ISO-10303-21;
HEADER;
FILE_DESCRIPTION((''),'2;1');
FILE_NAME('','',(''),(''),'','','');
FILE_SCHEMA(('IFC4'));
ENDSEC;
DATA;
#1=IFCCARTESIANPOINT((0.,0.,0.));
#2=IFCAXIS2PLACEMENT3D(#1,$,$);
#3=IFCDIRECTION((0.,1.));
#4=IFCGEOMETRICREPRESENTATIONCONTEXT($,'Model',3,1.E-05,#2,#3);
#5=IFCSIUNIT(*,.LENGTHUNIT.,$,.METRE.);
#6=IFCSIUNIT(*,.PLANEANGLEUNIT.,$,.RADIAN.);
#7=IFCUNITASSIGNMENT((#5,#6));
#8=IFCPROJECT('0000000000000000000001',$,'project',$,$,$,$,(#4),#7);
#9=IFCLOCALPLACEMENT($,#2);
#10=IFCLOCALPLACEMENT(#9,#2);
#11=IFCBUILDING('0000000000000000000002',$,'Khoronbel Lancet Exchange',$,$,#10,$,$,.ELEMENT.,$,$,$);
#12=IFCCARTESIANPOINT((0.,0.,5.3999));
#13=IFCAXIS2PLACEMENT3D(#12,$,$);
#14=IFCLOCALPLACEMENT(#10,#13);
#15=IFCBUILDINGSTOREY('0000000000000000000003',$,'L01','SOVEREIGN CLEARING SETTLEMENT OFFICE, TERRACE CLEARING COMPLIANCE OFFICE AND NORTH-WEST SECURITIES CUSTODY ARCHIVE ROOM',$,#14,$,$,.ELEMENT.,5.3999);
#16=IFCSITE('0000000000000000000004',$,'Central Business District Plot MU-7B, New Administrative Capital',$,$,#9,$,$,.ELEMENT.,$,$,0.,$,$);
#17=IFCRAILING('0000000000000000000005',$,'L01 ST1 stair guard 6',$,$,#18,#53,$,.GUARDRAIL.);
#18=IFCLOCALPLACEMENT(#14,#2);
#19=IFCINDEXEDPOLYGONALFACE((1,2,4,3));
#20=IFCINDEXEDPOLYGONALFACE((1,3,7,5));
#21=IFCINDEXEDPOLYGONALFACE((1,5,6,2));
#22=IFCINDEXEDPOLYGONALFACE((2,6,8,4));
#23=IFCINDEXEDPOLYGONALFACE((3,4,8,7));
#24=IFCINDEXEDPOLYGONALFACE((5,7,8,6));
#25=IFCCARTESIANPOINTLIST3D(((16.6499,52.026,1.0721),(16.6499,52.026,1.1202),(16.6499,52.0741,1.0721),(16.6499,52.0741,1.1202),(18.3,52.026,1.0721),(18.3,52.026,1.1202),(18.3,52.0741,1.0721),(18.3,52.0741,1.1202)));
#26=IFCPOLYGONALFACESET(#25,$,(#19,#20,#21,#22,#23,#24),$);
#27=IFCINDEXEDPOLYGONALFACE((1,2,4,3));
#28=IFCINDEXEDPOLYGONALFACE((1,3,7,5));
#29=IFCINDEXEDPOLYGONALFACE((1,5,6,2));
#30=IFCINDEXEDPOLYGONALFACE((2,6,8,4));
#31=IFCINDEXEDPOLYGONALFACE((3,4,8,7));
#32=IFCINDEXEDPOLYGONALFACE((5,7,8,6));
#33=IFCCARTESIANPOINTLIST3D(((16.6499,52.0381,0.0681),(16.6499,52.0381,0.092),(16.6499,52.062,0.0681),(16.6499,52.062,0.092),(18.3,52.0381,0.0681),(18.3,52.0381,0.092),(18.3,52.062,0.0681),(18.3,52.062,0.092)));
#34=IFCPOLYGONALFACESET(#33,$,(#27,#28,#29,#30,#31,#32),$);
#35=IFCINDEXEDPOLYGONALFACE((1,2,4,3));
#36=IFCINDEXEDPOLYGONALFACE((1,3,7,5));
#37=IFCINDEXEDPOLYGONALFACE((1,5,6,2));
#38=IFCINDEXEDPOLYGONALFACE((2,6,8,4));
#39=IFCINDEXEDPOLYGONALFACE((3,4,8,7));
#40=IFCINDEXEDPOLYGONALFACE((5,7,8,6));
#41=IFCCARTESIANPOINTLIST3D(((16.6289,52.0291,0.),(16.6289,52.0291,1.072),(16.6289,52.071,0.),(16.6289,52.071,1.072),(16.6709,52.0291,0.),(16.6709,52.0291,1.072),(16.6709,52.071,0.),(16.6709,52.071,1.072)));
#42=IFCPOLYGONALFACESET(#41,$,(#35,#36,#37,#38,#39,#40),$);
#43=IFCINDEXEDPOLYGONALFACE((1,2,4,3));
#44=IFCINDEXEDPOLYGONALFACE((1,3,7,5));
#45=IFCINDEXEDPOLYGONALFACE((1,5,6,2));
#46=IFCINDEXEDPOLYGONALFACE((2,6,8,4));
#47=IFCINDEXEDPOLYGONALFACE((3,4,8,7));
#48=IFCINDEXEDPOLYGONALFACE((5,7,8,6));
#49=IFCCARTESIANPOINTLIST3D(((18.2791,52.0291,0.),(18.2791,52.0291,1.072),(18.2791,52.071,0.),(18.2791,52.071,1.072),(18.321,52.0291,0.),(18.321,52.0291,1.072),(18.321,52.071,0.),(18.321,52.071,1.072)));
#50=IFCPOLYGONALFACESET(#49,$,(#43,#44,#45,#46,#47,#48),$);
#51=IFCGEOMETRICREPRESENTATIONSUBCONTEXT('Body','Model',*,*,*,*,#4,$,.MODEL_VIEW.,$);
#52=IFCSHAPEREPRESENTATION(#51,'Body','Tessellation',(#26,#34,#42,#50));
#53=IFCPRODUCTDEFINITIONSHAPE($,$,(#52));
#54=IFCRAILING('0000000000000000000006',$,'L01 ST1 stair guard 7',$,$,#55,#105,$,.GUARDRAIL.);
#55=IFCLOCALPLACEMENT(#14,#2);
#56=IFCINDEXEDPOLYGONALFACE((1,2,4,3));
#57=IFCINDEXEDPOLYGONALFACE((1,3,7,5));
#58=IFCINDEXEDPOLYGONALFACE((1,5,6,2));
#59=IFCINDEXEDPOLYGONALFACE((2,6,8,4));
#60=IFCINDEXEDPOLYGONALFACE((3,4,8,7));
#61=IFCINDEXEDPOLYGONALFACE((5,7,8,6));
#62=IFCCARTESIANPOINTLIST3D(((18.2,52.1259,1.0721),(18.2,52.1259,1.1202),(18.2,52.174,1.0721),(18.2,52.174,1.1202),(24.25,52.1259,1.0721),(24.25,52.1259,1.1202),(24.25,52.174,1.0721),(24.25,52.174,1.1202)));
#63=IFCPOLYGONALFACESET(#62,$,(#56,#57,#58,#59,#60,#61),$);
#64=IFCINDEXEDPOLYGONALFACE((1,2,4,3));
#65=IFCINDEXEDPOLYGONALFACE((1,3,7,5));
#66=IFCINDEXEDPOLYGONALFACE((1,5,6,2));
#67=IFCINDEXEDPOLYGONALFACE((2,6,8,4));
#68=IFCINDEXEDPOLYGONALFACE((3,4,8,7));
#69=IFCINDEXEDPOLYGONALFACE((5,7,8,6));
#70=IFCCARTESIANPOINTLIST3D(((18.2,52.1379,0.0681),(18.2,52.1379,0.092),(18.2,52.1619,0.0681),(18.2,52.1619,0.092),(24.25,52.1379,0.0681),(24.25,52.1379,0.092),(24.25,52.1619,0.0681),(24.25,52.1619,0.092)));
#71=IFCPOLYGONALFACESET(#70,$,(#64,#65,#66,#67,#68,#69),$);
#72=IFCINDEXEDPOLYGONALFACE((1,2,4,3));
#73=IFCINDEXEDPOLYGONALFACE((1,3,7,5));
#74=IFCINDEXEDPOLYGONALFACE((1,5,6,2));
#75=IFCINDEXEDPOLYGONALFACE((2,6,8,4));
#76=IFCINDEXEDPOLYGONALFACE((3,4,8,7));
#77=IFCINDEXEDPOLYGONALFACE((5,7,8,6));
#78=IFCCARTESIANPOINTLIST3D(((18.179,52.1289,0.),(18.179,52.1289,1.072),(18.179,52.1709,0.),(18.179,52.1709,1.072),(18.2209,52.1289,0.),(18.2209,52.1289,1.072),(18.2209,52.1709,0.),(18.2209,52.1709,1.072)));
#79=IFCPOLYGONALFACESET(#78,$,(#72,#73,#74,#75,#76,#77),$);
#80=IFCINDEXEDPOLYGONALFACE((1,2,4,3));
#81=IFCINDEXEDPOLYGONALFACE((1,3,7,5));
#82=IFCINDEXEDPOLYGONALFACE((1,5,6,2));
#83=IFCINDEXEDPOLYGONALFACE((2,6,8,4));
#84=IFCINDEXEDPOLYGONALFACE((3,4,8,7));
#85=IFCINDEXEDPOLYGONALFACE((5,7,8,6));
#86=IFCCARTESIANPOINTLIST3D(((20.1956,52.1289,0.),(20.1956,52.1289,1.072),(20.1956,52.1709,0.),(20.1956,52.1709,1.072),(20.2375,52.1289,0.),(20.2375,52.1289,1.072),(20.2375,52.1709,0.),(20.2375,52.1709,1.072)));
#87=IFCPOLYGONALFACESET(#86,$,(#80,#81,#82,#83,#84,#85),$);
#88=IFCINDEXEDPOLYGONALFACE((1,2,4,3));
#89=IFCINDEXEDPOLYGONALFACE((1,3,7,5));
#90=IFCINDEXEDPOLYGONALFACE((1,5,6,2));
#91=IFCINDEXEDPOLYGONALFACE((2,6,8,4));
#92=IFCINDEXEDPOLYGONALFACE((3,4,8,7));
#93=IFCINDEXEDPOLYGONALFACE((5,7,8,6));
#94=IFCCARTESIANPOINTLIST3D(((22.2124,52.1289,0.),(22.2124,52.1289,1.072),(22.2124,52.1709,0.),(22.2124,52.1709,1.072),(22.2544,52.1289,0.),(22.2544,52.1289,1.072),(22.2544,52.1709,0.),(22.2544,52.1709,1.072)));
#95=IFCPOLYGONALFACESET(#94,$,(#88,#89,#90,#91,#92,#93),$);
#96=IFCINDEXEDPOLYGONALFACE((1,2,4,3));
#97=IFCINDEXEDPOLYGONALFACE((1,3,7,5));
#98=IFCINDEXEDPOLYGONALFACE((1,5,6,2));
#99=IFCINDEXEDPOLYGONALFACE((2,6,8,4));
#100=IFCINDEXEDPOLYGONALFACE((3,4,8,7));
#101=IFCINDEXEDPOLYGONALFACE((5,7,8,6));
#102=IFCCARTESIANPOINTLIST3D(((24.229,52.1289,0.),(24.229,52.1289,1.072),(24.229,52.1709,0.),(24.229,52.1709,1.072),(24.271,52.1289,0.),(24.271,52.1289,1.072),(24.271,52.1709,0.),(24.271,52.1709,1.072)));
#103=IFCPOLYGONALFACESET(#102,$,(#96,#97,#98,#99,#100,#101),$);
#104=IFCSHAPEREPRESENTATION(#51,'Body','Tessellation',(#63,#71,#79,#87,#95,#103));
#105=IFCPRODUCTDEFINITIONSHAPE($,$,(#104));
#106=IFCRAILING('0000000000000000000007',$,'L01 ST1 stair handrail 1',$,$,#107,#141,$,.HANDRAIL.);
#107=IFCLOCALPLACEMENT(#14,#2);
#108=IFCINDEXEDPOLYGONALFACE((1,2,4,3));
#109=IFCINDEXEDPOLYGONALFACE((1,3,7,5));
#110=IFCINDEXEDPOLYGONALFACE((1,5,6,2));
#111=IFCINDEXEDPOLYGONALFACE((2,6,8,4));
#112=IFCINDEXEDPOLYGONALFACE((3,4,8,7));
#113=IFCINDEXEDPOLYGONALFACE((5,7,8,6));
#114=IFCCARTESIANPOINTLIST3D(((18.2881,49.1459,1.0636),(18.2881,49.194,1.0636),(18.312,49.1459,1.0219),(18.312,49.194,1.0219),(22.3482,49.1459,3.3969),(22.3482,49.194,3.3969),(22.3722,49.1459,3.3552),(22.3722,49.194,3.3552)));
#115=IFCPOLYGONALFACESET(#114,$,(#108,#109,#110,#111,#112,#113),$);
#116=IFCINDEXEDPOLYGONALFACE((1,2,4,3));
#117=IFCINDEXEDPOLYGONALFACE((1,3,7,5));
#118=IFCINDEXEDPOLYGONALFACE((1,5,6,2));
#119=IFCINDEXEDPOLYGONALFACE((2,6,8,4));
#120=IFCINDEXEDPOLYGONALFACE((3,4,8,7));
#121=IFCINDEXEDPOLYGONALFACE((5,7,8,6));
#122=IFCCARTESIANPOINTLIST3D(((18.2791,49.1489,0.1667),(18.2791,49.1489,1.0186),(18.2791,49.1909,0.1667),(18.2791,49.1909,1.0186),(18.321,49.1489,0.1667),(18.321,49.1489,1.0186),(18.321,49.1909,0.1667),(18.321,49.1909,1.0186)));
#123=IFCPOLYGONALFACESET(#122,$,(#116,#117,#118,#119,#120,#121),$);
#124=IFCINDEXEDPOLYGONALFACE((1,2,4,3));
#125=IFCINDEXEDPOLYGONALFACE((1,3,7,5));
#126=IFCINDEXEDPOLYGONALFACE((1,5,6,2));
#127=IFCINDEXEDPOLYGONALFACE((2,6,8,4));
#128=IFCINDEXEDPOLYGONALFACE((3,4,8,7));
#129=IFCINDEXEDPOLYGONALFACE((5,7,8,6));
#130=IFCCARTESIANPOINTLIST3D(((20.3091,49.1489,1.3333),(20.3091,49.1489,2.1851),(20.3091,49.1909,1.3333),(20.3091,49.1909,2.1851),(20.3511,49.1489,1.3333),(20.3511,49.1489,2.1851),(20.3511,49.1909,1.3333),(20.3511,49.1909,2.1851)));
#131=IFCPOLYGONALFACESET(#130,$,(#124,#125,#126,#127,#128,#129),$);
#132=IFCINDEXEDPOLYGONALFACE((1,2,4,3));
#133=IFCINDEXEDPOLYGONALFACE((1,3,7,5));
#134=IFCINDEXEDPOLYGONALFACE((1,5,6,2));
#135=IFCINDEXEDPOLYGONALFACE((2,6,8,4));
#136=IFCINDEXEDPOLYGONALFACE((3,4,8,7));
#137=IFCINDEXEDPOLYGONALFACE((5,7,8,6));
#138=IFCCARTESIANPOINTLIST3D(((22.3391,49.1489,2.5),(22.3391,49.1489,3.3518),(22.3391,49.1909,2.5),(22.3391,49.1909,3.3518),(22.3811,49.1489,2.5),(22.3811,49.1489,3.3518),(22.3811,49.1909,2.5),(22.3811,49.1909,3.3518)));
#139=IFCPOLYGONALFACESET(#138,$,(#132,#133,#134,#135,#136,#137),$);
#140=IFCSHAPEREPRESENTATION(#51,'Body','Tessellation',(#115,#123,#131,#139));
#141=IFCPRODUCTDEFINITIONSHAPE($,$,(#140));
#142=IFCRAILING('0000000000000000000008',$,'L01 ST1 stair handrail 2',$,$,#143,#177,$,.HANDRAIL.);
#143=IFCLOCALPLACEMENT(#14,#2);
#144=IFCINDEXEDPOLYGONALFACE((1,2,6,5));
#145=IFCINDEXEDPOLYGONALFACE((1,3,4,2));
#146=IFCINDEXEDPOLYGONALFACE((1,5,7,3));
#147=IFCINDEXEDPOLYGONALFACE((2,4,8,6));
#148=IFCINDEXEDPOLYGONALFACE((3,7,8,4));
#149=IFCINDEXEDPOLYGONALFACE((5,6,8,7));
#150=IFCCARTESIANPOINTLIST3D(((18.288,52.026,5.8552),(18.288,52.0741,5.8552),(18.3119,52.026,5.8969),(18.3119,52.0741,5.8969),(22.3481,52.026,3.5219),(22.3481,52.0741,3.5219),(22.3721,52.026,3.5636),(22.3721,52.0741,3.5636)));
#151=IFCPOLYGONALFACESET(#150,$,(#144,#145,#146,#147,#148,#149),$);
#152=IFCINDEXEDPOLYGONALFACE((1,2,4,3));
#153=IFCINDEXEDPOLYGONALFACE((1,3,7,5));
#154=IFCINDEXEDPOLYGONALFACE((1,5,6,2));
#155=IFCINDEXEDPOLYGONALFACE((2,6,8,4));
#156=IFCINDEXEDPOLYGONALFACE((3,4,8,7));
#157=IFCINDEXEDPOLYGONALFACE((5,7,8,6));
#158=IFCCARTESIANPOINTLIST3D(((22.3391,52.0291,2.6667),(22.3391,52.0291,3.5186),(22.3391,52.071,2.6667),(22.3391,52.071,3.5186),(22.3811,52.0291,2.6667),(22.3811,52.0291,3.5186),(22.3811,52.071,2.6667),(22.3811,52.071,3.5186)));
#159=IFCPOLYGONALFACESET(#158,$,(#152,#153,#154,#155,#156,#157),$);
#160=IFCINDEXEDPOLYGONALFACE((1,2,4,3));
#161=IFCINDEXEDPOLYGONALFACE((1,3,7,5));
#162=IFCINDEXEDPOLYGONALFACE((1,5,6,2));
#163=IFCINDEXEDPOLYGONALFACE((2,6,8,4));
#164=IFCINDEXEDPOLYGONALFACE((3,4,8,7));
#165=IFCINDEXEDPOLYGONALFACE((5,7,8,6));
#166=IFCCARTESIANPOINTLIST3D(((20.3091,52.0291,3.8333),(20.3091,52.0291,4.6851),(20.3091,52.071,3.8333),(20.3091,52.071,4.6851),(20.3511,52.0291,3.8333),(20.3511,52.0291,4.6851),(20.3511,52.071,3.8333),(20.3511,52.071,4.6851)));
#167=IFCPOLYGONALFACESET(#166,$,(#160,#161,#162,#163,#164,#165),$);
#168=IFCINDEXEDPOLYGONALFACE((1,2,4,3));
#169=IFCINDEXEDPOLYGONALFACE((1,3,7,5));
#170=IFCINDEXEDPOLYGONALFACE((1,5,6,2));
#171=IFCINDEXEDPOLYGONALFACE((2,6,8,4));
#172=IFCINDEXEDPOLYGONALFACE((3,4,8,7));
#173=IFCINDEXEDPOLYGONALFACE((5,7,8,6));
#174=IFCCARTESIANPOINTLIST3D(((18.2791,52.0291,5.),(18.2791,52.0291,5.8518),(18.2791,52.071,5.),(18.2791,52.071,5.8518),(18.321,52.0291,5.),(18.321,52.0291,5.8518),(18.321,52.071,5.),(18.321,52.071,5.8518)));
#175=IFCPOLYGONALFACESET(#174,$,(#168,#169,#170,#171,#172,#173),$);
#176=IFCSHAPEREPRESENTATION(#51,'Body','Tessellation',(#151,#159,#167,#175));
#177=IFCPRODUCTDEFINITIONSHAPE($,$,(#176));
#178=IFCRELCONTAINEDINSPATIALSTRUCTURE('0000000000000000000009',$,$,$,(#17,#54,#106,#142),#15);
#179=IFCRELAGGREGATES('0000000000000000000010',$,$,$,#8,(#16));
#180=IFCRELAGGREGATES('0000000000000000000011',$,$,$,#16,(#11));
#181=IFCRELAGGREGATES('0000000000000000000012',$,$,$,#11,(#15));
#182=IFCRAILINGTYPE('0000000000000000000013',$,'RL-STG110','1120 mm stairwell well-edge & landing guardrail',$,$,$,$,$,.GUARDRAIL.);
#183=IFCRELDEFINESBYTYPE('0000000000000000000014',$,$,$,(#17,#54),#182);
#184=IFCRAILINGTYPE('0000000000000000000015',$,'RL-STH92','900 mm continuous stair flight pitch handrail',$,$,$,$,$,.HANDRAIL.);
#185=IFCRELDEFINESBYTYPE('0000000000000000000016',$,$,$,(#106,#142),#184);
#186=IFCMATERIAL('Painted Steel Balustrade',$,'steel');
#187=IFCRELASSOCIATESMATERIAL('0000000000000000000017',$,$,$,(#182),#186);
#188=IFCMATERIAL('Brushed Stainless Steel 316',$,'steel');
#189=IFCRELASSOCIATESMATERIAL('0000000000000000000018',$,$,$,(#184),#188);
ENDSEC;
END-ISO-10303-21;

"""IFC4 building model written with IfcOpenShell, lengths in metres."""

from ifc_helpers import new_model, si_unit, direction, frame, origin, origin_2d, place, context, subcontext, project, spatial, rectangle, extrude, material, type_object, element, save


model = new_model("IFC4")

# Units and contexts
model_context = context("Model", 3, precision=1e-05, world=origin(), true_north=direction((0.0, 1.0)))
body_context = subcontext(model_context, "Body", "Model", "MODEL_VIEW")
ifc_project = project(units=[si_unit("LENGTHUNIT", "METRE"), si_unit("PLANEANGLEUNIT", "RADIAN")], contexts=[model_context])

# Site, building, storey
site_placement = place(None, origin())
site = spatial("IfcSite", under=ifc_project, at=site_placement, Name="Central Business District Plot MU-7B, New Administrative Capital", CompositionType="ELEMENT", RefElevation=0.0)
building_placement = place(site_placement, origin())
building = spatial("IfcBuilding", under=site, at=building_placement, Name="Khoronbel Lancet Exchange", CompositionType="ELEMENT")
storey_placement = place(building_placement, frame((0.0, 0.0, 5.3999)))
storey = spatial("IfcBuildingStorey", under=building, at=storey_placement, Name="L01", Description="SOVEREIGN CLEARING SETTLEMENT OFFICE, TERRACE CLEARING COMPLIANCE OFFICE AND NORTH-WEST SECURITIES CUSTODY ARCHIVE ROOM", CompositionType="ELEMENT", Elevation=5.3999)

# Railings
ifc_material_1 = material(Name="Painted Steel Balustrade", Category="steel")
railing_type_1 = type_object("IfcRailingType", Name="RL-STG110", Description="1120 mm stairwell well-edge & landing guardrail", PredefinedType="GUARDRAIL", material=ifc_material_1)
railing_1_placement = place(storey_placement, frame((16.6499, 52.05, 0.0)))
element("IfcRailing", 1, at=railing_1_placement, inside=storey, type_object=railing_type_1, Name="L01 ST1 stair guard 6", PredefinedType="GUARDRAIL", context=body_context, shape_type="SweptSolid", body=[
    extrude(rectangle(XDim=0.0481, YDim=0.0481, at=origin_2d()), frame((0.0, 0.0, 1.0962), z_axis=(1.0, 0.0, 0.0), x_axis=(0.0, 1.0, 0.0)), (0.0, 0.0, 1.0), 1.6501),
    extrude(rectangle(XDim=0.0239, YDim=0.0239, at=origin_2d()), frame((0.0, 0.0, 0.0801), z_axis=(1.0, 0.0, 0.0), x_axis=(0.0, 1.0, 0.0)), (0.0, 0.0, 1.0), 1.6501),
    extrude(rectangle(XDim=0.042, YDim=0.042, at=origin_2d()), origin(), (0.0, 0.0, 1.0), 1.072),
    extrude(rectangle(XDim=0.042, YDim=0.042, at=origin_2d()), frame((1.6501, 0.0, 0.0)), (0.0, 0.0, 1.0), 1.072),
])
railing_2_placement = place(storey_placement, frame((18.2, 52.1499, 0.0)))
element("IfcRailing", 2, at=railing_2_placement, inside=storey, type_object=railing_type_1, Name="L01 ST1 stair guard 7", PredefinedType="GUARDRAIL", context=body_context, shape_type="SweptSolid", body=[
    extrude(rectangle(XDim=0.0481, YDim=0.0481, at=origin_2d()), frame((0.0, 0.0, 1.0962), z_axis=(1.0, 0.0, 0.0), x_axis=(0.0, 1.0, 0.0)), (0.0, 0.0, 1.0), 6.05),
    extrude(rectangle(XDim=0.0239, YDim=0.0239, at=origin_2d()), frame((0.0, 0.0, 0.0801), z_axis=(1.0, 0.0, 0.0), x_axis=(0.0, 1.0, 0.0)), (0.0, 0.0, 1.0), 6.05),
    extrude(rectangle(XDim=0.042, YDim=0.042, at=origin_2d()), origin(), (0.0, 0.0, 1.0), 1.072),
    extrude(rectangle(XDim=0.042, YDim=0.042, at=origin_2d()), frame((2.0166, 0.0, 0.0)), (0.0, 0.0, 1.0), 1.072),
    extrude(rectangle(XDim=0.042, YDim=0.042, at=origin_2d()), frame((4.0334, 0.0, 0.0)), (0.0, 0.0, 1.0), 1.072),
    extrude(rectangle(XDim=0.042, YDim=0.042, at=origin_2d()), frame((6.05, 0.0, 0.0)), (0.0, 0.0, 1.0), 1.072),
])
ifc_material_2 = material(Name="Brushed Stainless Steel 316", Category="steel")
railing_type_2 = type_object("IfcRailingType", Name="RL-STH92", Description="900 mm continuous stair flight pitch handrail", PredefinedType="HANDRAIL", material=ifc_material_2)
railing_3_placement = place(storey_placement, frame((18.3, 49.1699, 0.1667)))
element("IfcRailing", 3, at=railing_3_placement, inside=storey, type_object=railing_type_2, Name="L01 ST1 stair handrail 1", PredefinedType="HANDRAIL", context=body_context, shape_type="SweptSolid", body=[
    extrude(rectangle(XDim=0.0481, YDim=0.0481, at=origin_2d()), frame((0.0, 0.0, 0.876), z_axis=(0.867025, 0.0, 0.498265), x_axis=(0.0, 1.0, 0.0)), (0.0, 0.0, 1.0), 4.6829),
    extrude(rectangle(XDim=0.042, YDim=0.042, at=origin_2d()), origin(), (0.0, 0.0, 1.0), 0.8518),
    extrude(rectangle(XDim=0.042, YDim=0.042, at=origin_2d()), frame((2.03, 0.0, 1.1665)), (0.0, 0.0, 1.0), 0.8518),
    extrude(rectangle(XDim=0.042, YDim=0.042, at=origin_2d()), frame((4.0601, 0.0, 2.3333)), (0.0, 0.0, 1.0), 0.8518),
])
railing_4_placement = place(storey_placement, frame((22.3601, 52.05, 2.6667)))
element("IfcRailing", 4, at=railing_4_placement, inside=storey, type_object=railing_type_2, Name="L01 ST1 stair handrail 2", PredefinedType="HANDRAIL", context=body_context, shape_type="SweptSolid", body=[
    extrude(rectangle(XDim=0.0481, YDim=0.0481, at=origin_2d()), frame((0.0, 0.0, 0.876), z_axis=(-0.867025, 0.0, 0.498265), x_axis=(0.0, -1.0, 0.0)), (0.0, 0.0, 1.0), 4.6829),
    extrude(rectangle(XDim=0.042, YDim=0.042, at=origin_2d()), origin(), (0.0, 0.0, 1.0), 0.8518),
    extrude(rectangle(XDim=0.042, YDim=0.042, at=origin_2d()), frame((-2.03, 0.0, 1.1665)), (0.0, 0.0, 1.0), 0.8518),
    extrude(rectangle(XDim=0.042, YDim=0.042, at=origin_2d()), frame((-4.0601, 0.0, 2.3333)), (0.0, 0.0, 1.0), 0.8518),
])

save(model, "model.ifc")
